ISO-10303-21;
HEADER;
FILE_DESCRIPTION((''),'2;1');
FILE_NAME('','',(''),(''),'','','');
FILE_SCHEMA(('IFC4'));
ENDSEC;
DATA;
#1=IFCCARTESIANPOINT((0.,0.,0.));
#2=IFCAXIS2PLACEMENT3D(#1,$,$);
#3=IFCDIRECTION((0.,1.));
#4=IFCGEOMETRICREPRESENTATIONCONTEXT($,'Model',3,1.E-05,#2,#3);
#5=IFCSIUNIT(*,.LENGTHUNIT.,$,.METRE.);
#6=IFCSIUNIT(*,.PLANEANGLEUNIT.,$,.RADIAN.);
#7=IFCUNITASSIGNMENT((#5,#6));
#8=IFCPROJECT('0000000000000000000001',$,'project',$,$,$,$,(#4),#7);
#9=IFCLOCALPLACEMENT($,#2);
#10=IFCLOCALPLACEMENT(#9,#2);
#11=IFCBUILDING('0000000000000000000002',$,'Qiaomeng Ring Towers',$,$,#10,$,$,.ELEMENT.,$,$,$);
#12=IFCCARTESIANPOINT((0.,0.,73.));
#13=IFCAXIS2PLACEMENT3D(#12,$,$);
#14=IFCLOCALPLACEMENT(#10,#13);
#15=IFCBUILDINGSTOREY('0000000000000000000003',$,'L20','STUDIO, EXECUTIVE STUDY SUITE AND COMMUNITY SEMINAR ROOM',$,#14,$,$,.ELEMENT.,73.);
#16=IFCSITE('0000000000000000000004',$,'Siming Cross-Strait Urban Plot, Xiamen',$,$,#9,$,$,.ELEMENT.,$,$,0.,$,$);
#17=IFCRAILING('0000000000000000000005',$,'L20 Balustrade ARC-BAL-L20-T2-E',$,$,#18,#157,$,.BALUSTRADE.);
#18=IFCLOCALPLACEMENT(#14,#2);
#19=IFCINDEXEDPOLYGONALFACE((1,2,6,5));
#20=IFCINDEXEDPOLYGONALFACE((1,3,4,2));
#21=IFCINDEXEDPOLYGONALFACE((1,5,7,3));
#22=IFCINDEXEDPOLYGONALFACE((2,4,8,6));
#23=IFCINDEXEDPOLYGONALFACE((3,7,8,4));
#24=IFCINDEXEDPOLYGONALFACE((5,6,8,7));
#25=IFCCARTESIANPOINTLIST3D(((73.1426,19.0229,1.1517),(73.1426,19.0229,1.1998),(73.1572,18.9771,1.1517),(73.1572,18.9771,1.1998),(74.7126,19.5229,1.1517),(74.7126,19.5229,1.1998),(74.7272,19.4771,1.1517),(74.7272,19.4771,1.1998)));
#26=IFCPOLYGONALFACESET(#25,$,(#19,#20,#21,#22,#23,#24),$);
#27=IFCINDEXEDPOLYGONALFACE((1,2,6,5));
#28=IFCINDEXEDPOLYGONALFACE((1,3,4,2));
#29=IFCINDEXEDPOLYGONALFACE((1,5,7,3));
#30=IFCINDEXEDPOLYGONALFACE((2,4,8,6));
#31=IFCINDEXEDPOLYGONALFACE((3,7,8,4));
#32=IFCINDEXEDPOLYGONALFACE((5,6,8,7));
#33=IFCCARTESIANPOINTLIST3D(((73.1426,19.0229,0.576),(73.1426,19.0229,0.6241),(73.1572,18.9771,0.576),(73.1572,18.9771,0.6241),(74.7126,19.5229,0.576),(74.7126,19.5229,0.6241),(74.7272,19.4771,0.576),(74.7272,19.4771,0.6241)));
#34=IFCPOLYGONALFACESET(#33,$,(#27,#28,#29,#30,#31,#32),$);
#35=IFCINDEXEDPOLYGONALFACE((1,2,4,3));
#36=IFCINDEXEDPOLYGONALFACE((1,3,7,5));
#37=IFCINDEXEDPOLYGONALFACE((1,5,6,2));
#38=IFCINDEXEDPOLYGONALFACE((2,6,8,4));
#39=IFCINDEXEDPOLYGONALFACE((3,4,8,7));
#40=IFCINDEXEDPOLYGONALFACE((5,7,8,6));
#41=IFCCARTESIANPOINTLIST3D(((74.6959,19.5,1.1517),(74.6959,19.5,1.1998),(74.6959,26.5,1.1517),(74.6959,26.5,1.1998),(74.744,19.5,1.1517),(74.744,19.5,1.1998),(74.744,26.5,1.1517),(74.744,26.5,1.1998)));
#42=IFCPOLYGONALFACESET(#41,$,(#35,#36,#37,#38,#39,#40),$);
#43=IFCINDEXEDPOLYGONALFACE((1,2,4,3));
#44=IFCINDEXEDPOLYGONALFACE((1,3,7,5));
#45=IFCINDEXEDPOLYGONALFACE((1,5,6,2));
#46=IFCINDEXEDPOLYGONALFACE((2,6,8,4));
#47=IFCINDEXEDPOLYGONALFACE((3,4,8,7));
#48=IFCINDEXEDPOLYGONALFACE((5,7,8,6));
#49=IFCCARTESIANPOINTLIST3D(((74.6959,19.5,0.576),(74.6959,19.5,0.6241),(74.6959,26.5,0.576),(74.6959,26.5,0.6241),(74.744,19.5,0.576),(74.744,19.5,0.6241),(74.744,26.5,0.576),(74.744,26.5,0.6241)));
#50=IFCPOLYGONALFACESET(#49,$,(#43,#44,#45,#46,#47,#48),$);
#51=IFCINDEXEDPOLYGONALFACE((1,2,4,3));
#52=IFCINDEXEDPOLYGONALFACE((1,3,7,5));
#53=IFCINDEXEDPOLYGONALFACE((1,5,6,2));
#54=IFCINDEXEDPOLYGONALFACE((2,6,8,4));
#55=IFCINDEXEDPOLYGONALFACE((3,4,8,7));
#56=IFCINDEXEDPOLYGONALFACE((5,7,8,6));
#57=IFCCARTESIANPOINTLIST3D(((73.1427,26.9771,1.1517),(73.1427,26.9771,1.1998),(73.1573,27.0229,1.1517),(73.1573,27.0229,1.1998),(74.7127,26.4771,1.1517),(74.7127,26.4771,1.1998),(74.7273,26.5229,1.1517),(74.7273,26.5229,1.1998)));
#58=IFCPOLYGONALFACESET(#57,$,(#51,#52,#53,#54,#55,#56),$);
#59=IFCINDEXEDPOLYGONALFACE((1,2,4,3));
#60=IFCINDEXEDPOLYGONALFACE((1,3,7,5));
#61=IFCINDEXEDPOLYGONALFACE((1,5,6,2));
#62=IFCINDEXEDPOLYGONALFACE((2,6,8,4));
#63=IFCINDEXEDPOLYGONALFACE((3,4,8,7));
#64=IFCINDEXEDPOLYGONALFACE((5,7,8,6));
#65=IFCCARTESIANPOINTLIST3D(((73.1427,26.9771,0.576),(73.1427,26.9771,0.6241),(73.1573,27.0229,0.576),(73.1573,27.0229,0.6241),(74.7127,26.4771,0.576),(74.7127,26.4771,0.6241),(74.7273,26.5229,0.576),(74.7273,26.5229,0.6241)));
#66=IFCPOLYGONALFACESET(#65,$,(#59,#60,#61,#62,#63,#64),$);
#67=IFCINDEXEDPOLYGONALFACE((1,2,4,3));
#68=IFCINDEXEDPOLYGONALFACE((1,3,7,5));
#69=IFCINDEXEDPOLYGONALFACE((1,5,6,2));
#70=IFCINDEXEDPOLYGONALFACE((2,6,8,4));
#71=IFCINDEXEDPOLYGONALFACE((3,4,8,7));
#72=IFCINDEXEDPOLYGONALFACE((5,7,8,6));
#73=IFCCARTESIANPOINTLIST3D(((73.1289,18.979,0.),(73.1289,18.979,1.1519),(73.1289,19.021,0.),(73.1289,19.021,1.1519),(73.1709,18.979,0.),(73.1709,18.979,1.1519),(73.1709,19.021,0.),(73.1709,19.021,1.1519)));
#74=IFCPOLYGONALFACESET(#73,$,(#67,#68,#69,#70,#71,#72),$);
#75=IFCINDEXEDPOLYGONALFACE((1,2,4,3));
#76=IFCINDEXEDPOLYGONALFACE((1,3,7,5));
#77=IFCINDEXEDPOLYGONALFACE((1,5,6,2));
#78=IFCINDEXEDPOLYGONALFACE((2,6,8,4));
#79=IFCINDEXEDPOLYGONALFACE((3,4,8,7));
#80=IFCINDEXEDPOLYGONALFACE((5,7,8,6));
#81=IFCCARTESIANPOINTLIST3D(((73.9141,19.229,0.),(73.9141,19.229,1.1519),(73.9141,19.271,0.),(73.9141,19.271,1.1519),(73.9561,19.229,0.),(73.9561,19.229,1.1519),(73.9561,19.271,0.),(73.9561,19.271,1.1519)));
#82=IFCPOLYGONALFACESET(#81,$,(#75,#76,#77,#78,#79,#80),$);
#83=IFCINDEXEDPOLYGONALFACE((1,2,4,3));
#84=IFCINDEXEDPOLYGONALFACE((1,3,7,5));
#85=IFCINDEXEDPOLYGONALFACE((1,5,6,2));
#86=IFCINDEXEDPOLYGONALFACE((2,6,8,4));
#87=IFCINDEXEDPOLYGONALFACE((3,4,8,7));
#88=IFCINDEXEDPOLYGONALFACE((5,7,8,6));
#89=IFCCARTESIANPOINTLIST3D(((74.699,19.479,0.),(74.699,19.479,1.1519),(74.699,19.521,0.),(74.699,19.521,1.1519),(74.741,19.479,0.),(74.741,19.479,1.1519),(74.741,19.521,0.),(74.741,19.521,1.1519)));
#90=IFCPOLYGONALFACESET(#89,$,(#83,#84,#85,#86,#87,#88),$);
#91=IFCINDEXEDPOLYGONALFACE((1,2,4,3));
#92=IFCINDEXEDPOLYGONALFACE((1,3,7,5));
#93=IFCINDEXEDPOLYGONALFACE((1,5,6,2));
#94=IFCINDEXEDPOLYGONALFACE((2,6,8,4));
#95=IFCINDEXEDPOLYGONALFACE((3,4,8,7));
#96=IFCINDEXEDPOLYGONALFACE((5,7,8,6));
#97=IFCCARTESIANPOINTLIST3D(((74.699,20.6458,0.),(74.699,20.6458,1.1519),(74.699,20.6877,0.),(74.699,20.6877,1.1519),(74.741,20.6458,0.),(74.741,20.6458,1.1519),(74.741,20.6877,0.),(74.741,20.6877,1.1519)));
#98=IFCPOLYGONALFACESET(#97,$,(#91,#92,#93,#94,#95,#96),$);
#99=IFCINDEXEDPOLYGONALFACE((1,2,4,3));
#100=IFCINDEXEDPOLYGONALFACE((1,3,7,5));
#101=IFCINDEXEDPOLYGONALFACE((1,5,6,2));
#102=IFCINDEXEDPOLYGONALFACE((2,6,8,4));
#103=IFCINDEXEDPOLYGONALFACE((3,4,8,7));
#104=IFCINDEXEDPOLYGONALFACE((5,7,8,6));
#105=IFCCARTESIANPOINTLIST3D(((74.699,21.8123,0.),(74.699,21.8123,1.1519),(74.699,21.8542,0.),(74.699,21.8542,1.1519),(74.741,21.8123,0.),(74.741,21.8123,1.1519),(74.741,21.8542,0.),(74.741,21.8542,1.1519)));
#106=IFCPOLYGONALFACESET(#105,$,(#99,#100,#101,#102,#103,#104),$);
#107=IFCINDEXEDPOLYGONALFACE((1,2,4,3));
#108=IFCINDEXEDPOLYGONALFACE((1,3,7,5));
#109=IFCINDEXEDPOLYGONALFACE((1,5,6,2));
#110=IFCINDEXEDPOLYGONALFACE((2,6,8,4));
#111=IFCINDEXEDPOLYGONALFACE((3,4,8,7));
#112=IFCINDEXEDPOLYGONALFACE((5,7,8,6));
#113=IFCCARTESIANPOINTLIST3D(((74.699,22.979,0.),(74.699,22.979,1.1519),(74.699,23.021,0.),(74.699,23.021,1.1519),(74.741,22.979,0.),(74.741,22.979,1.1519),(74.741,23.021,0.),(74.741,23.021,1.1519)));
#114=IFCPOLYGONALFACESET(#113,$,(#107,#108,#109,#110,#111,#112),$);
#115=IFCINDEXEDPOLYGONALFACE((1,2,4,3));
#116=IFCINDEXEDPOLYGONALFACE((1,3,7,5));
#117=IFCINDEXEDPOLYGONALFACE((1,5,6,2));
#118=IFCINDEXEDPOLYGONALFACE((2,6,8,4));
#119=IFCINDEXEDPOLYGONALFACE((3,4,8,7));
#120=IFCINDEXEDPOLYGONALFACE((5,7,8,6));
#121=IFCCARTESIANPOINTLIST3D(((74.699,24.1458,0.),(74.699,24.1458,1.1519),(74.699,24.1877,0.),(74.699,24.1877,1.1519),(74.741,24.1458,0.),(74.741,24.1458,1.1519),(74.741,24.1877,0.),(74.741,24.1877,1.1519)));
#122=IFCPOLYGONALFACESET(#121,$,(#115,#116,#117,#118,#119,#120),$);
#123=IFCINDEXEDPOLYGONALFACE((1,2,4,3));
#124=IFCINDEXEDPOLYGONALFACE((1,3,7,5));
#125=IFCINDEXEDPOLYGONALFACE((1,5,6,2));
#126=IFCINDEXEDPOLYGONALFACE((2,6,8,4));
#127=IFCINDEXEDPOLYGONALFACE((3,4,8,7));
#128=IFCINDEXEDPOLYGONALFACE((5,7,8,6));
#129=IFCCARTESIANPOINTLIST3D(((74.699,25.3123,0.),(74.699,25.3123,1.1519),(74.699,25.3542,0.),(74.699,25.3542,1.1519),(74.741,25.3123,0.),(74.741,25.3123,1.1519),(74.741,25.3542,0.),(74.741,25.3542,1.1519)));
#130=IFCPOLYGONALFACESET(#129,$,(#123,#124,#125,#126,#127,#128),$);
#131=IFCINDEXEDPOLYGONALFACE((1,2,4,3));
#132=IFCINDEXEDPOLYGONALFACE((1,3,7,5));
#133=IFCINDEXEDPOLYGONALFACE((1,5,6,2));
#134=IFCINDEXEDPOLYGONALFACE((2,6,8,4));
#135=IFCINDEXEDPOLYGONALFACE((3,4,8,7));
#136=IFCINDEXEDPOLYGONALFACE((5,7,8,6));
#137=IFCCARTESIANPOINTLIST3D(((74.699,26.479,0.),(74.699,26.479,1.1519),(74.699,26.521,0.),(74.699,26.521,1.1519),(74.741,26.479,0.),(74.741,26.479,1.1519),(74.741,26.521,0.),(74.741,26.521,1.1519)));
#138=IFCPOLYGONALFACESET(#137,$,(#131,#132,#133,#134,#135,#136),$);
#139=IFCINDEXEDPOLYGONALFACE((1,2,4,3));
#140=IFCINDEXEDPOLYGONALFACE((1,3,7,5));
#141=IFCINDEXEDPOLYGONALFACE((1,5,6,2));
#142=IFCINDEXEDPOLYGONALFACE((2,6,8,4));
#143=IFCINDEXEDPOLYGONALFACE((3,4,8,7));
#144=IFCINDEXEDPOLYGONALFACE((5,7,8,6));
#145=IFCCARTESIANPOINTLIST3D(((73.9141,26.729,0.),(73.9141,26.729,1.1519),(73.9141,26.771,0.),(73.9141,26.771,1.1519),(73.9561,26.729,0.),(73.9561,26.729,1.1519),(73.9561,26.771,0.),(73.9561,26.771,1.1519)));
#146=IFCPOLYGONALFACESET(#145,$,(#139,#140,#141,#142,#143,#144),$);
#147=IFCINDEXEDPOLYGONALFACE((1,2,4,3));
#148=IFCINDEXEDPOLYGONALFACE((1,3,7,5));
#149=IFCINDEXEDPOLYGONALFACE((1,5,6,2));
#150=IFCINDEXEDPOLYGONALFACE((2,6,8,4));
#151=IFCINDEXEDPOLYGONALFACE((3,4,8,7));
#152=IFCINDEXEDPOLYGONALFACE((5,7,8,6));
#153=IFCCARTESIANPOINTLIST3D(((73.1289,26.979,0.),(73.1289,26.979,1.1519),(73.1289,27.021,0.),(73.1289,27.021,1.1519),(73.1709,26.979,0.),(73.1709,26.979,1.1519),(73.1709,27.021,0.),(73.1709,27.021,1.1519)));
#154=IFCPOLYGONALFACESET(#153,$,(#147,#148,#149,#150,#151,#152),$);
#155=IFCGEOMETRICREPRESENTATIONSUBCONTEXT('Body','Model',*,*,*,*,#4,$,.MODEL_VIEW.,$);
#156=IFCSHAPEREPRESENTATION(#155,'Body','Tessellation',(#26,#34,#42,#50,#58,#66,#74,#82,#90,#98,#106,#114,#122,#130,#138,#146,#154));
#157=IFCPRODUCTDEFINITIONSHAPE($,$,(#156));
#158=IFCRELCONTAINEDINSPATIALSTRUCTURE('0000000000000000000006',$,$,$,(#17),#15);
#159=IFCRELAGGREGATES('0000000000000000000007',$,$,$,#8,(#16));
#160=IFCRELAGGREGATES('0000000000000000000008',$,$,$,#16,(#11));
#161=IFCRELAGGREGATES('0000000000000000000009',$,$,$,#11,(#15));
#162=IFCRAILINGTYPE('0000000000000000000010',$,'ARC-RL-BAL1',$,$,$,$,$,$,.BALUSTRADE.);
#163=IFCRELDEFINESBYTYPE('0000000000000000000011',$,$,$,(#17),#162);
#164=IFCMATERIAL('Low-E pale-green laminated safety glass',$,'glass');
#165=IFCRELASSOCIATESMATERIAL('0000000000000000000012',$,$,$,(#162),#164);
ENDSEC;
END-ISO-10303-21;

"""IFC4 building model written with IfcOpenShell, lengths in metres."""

from ifc_helpers import new_model, si_unit, direction, frame, origin, origin_2d, place, context, subcontext, project, spatial, rectangle, extrude, material, type_object, element, save


model = new_model("IFC4")

# Units and contexts
model_context = context("Model", 3, precision=1e-05, world=origin(), true_north=direction((0.0, 1.0)))
body_context = subcontext(model_context, "Body", "Model", "MODEL_VIEW")
ifc_project = project(units=[si_unit("LENGTHUNIT", "METRE"), si_unit("PLANEANGLEUNIT", "RADIAN")], contexts=[model_context])

# Site, building, storey
site_placement = place(None, origin())
site = spatial("IfcSite", under=ifc_project, at=site_placement, Name="Siming Cross-Strait Urban Plot, Xiamen", CompositionType="ELEMENT", RefElevation=0.0)
building_placement = place(site_placement, origin())
building = spatial("IfcBuilding", under=site, at=building_placement, Name="Qiaomeng Ring Towers", CompositionType="ELEMENT")
storey_placement = place(building_placement, frame((0.0, 0.0, 73.0)))
storey = spatial("IfcBuildingStorey", under=building, at=storey_placement, Name="L20", Description="STUDIO, EXECUTIVE STUDY SUITE AND COMMUNITY SEMINAR ROOM", CompositionType="ELEMENT", Elevation=73.0)

# Railing
ifc_material_1 = material(Name="Low-E pale-green laminated safety glass", Category="glass")
railing_type = type_object("IfcRailingType", Name="ARC-RL-BAL1", PredefinedType="BALUSTRADE", material=ifc_material_1)
railing_placement = place(storey_placement, frame((73.1499, 19.0, 0.0)))
element("IfcRailing", 1, at=railing_placement, inside=storey, type_object=railing_type, Name="L20 Balustrade ARC-BAL-L20-T2-E", PredefinedType="BALUSTRADE", context=body_context, shape_type="SweptSolid", body=[
    extrude(rectangle(XDim=0.0481, YDim=0.0481, at=origin_2d()), frame((0.0, 0.0, 1.1758), z_axis=(0.95285, 0.303442, 0.0), x_axis=(-0.303442, 0.95285, 0.0)), (0.0, 0.0, 1.0), 1.6477),
    extrude(rectangle(XDim=0.0481, YDim=0.0481, at=origin_2d()), frame((0.0, 0.0, 0.6001), z_axis=(0.95285, 0.303442, 0.0), x_axis=(-0.303442, 0.95285, 0.0)), (0.0, 0.0, 1.0), 1.6477),
    extrude(rectangle(XDim=0.0481, YDim=0.0481, at=origin_2d()), frame((1.5701, 0.5, 1.1758), z_axis=(0.0, 1.0, 0.0), x_axis=(-1.0, 0.0, 0.0)), (0.0, 0.0, 1.0), 7.0),
    extrude(rectangle(XDim=0.0481, YDim=0.0481, at=origin_2d()), frame((1.5701, 0.5, 0.6001), z_axis=(0.0, 1.0, 0.0), x_axis=(-1.0, 0.0, 0.0)), (0.0, 0.0, 1.0), 7.0),
    extrude(rectangle(XDim=0.0481, YDim=0.0481, at=origin_2d()), frame((1.5701, 7.5, 1.1758), z_axis=(-0.95285, 0.303442, 0.0), x_axis=(-0.303442, -0.95285, 0.0)), (0.0, 0.0, 1.0), 1.6477),
    extrude(rectangle(XDim=0.0481, YDim=0.0481, at=origin_2d()), frame((1.5701, 7.5, 0.6001), z_axis=(-0.95285, 0.303442, 0.0), x_axis=(-0.303442, -0.95285, 0.0)), (0.0, 0.0, 1.0), 1.6477),
    extrude(rectangle(XDim=0.042, YDim=0.042, at=origin_2d()), origin(), (0.0, 0.0, 1.0), 1.1519),
    extrude(rectangle(XDim=0.042, YDim=0.042, at=origin_2d()), frame((0.7852, 0.25, 0.0)), (0.0, 0.0, 1.0), 1.1519),
    extrude(rectangle(XDim=0.042, YDim=0.042, at=origin_2d()), frame((1.5701, 0.5, 0.0)), (0.0, 0.0, 1.0), 1.1519),
    extrude(rectangle(XDim=0.042, YDim=0.042, at=origin_2d()), frame((1.5701, 1.6667, 0.0)), (0.0, 0.0, 1.0), 1.1519),
    extrude(rectangle(XDim=0.042, YDim=0.042, at=origin_2d()), frame((1.5701, 2.8333, 0.0)), (0.0, 0.0, 1.0), 1.1519),
    extrude(rectangle(XDim=0.042, YDim=0.042, at=origin_2d()), frame((1.5701, 4.0, 0.0)), (0.0, 0.0, 1.0), 1.1519),
    extrude(rectangle(XDim=0.042, YDim=0.042, at=origin_2d()), frame((1.5701, 5.1667, 0.0)), (0.0, 0.0, 1.0), 1.1519),
    extrude(rectangle(XDim=0.042, YDim=0.042, at=origin_2d()), frame((1.5701, 6.3333, 0.0)), (0.0, 0.0, 1.0), 1.1519),
    extrude(rectangle(XDim=0.042, YDim=0.042, at=origin_2d()), frame((1.5701, 7.5, 0.0)), (0.0, 0.0, 1.0), 1.1519),
    extrude(rectangle(XDim=0.042, YDim=0.042, at=origin_2d()), frame((0.7852, 7.75, 0.0)), (0.0, 0.0, 1.0), 1.1519),
    extrude(rectangle(XDim=0.042, YDim=0.042, at=origin_2d()), frame((0.0, 8.0, 0.0)), (0.0, 0.0, 1.0), 1.1519),
])

save(model, "model.ifc")
